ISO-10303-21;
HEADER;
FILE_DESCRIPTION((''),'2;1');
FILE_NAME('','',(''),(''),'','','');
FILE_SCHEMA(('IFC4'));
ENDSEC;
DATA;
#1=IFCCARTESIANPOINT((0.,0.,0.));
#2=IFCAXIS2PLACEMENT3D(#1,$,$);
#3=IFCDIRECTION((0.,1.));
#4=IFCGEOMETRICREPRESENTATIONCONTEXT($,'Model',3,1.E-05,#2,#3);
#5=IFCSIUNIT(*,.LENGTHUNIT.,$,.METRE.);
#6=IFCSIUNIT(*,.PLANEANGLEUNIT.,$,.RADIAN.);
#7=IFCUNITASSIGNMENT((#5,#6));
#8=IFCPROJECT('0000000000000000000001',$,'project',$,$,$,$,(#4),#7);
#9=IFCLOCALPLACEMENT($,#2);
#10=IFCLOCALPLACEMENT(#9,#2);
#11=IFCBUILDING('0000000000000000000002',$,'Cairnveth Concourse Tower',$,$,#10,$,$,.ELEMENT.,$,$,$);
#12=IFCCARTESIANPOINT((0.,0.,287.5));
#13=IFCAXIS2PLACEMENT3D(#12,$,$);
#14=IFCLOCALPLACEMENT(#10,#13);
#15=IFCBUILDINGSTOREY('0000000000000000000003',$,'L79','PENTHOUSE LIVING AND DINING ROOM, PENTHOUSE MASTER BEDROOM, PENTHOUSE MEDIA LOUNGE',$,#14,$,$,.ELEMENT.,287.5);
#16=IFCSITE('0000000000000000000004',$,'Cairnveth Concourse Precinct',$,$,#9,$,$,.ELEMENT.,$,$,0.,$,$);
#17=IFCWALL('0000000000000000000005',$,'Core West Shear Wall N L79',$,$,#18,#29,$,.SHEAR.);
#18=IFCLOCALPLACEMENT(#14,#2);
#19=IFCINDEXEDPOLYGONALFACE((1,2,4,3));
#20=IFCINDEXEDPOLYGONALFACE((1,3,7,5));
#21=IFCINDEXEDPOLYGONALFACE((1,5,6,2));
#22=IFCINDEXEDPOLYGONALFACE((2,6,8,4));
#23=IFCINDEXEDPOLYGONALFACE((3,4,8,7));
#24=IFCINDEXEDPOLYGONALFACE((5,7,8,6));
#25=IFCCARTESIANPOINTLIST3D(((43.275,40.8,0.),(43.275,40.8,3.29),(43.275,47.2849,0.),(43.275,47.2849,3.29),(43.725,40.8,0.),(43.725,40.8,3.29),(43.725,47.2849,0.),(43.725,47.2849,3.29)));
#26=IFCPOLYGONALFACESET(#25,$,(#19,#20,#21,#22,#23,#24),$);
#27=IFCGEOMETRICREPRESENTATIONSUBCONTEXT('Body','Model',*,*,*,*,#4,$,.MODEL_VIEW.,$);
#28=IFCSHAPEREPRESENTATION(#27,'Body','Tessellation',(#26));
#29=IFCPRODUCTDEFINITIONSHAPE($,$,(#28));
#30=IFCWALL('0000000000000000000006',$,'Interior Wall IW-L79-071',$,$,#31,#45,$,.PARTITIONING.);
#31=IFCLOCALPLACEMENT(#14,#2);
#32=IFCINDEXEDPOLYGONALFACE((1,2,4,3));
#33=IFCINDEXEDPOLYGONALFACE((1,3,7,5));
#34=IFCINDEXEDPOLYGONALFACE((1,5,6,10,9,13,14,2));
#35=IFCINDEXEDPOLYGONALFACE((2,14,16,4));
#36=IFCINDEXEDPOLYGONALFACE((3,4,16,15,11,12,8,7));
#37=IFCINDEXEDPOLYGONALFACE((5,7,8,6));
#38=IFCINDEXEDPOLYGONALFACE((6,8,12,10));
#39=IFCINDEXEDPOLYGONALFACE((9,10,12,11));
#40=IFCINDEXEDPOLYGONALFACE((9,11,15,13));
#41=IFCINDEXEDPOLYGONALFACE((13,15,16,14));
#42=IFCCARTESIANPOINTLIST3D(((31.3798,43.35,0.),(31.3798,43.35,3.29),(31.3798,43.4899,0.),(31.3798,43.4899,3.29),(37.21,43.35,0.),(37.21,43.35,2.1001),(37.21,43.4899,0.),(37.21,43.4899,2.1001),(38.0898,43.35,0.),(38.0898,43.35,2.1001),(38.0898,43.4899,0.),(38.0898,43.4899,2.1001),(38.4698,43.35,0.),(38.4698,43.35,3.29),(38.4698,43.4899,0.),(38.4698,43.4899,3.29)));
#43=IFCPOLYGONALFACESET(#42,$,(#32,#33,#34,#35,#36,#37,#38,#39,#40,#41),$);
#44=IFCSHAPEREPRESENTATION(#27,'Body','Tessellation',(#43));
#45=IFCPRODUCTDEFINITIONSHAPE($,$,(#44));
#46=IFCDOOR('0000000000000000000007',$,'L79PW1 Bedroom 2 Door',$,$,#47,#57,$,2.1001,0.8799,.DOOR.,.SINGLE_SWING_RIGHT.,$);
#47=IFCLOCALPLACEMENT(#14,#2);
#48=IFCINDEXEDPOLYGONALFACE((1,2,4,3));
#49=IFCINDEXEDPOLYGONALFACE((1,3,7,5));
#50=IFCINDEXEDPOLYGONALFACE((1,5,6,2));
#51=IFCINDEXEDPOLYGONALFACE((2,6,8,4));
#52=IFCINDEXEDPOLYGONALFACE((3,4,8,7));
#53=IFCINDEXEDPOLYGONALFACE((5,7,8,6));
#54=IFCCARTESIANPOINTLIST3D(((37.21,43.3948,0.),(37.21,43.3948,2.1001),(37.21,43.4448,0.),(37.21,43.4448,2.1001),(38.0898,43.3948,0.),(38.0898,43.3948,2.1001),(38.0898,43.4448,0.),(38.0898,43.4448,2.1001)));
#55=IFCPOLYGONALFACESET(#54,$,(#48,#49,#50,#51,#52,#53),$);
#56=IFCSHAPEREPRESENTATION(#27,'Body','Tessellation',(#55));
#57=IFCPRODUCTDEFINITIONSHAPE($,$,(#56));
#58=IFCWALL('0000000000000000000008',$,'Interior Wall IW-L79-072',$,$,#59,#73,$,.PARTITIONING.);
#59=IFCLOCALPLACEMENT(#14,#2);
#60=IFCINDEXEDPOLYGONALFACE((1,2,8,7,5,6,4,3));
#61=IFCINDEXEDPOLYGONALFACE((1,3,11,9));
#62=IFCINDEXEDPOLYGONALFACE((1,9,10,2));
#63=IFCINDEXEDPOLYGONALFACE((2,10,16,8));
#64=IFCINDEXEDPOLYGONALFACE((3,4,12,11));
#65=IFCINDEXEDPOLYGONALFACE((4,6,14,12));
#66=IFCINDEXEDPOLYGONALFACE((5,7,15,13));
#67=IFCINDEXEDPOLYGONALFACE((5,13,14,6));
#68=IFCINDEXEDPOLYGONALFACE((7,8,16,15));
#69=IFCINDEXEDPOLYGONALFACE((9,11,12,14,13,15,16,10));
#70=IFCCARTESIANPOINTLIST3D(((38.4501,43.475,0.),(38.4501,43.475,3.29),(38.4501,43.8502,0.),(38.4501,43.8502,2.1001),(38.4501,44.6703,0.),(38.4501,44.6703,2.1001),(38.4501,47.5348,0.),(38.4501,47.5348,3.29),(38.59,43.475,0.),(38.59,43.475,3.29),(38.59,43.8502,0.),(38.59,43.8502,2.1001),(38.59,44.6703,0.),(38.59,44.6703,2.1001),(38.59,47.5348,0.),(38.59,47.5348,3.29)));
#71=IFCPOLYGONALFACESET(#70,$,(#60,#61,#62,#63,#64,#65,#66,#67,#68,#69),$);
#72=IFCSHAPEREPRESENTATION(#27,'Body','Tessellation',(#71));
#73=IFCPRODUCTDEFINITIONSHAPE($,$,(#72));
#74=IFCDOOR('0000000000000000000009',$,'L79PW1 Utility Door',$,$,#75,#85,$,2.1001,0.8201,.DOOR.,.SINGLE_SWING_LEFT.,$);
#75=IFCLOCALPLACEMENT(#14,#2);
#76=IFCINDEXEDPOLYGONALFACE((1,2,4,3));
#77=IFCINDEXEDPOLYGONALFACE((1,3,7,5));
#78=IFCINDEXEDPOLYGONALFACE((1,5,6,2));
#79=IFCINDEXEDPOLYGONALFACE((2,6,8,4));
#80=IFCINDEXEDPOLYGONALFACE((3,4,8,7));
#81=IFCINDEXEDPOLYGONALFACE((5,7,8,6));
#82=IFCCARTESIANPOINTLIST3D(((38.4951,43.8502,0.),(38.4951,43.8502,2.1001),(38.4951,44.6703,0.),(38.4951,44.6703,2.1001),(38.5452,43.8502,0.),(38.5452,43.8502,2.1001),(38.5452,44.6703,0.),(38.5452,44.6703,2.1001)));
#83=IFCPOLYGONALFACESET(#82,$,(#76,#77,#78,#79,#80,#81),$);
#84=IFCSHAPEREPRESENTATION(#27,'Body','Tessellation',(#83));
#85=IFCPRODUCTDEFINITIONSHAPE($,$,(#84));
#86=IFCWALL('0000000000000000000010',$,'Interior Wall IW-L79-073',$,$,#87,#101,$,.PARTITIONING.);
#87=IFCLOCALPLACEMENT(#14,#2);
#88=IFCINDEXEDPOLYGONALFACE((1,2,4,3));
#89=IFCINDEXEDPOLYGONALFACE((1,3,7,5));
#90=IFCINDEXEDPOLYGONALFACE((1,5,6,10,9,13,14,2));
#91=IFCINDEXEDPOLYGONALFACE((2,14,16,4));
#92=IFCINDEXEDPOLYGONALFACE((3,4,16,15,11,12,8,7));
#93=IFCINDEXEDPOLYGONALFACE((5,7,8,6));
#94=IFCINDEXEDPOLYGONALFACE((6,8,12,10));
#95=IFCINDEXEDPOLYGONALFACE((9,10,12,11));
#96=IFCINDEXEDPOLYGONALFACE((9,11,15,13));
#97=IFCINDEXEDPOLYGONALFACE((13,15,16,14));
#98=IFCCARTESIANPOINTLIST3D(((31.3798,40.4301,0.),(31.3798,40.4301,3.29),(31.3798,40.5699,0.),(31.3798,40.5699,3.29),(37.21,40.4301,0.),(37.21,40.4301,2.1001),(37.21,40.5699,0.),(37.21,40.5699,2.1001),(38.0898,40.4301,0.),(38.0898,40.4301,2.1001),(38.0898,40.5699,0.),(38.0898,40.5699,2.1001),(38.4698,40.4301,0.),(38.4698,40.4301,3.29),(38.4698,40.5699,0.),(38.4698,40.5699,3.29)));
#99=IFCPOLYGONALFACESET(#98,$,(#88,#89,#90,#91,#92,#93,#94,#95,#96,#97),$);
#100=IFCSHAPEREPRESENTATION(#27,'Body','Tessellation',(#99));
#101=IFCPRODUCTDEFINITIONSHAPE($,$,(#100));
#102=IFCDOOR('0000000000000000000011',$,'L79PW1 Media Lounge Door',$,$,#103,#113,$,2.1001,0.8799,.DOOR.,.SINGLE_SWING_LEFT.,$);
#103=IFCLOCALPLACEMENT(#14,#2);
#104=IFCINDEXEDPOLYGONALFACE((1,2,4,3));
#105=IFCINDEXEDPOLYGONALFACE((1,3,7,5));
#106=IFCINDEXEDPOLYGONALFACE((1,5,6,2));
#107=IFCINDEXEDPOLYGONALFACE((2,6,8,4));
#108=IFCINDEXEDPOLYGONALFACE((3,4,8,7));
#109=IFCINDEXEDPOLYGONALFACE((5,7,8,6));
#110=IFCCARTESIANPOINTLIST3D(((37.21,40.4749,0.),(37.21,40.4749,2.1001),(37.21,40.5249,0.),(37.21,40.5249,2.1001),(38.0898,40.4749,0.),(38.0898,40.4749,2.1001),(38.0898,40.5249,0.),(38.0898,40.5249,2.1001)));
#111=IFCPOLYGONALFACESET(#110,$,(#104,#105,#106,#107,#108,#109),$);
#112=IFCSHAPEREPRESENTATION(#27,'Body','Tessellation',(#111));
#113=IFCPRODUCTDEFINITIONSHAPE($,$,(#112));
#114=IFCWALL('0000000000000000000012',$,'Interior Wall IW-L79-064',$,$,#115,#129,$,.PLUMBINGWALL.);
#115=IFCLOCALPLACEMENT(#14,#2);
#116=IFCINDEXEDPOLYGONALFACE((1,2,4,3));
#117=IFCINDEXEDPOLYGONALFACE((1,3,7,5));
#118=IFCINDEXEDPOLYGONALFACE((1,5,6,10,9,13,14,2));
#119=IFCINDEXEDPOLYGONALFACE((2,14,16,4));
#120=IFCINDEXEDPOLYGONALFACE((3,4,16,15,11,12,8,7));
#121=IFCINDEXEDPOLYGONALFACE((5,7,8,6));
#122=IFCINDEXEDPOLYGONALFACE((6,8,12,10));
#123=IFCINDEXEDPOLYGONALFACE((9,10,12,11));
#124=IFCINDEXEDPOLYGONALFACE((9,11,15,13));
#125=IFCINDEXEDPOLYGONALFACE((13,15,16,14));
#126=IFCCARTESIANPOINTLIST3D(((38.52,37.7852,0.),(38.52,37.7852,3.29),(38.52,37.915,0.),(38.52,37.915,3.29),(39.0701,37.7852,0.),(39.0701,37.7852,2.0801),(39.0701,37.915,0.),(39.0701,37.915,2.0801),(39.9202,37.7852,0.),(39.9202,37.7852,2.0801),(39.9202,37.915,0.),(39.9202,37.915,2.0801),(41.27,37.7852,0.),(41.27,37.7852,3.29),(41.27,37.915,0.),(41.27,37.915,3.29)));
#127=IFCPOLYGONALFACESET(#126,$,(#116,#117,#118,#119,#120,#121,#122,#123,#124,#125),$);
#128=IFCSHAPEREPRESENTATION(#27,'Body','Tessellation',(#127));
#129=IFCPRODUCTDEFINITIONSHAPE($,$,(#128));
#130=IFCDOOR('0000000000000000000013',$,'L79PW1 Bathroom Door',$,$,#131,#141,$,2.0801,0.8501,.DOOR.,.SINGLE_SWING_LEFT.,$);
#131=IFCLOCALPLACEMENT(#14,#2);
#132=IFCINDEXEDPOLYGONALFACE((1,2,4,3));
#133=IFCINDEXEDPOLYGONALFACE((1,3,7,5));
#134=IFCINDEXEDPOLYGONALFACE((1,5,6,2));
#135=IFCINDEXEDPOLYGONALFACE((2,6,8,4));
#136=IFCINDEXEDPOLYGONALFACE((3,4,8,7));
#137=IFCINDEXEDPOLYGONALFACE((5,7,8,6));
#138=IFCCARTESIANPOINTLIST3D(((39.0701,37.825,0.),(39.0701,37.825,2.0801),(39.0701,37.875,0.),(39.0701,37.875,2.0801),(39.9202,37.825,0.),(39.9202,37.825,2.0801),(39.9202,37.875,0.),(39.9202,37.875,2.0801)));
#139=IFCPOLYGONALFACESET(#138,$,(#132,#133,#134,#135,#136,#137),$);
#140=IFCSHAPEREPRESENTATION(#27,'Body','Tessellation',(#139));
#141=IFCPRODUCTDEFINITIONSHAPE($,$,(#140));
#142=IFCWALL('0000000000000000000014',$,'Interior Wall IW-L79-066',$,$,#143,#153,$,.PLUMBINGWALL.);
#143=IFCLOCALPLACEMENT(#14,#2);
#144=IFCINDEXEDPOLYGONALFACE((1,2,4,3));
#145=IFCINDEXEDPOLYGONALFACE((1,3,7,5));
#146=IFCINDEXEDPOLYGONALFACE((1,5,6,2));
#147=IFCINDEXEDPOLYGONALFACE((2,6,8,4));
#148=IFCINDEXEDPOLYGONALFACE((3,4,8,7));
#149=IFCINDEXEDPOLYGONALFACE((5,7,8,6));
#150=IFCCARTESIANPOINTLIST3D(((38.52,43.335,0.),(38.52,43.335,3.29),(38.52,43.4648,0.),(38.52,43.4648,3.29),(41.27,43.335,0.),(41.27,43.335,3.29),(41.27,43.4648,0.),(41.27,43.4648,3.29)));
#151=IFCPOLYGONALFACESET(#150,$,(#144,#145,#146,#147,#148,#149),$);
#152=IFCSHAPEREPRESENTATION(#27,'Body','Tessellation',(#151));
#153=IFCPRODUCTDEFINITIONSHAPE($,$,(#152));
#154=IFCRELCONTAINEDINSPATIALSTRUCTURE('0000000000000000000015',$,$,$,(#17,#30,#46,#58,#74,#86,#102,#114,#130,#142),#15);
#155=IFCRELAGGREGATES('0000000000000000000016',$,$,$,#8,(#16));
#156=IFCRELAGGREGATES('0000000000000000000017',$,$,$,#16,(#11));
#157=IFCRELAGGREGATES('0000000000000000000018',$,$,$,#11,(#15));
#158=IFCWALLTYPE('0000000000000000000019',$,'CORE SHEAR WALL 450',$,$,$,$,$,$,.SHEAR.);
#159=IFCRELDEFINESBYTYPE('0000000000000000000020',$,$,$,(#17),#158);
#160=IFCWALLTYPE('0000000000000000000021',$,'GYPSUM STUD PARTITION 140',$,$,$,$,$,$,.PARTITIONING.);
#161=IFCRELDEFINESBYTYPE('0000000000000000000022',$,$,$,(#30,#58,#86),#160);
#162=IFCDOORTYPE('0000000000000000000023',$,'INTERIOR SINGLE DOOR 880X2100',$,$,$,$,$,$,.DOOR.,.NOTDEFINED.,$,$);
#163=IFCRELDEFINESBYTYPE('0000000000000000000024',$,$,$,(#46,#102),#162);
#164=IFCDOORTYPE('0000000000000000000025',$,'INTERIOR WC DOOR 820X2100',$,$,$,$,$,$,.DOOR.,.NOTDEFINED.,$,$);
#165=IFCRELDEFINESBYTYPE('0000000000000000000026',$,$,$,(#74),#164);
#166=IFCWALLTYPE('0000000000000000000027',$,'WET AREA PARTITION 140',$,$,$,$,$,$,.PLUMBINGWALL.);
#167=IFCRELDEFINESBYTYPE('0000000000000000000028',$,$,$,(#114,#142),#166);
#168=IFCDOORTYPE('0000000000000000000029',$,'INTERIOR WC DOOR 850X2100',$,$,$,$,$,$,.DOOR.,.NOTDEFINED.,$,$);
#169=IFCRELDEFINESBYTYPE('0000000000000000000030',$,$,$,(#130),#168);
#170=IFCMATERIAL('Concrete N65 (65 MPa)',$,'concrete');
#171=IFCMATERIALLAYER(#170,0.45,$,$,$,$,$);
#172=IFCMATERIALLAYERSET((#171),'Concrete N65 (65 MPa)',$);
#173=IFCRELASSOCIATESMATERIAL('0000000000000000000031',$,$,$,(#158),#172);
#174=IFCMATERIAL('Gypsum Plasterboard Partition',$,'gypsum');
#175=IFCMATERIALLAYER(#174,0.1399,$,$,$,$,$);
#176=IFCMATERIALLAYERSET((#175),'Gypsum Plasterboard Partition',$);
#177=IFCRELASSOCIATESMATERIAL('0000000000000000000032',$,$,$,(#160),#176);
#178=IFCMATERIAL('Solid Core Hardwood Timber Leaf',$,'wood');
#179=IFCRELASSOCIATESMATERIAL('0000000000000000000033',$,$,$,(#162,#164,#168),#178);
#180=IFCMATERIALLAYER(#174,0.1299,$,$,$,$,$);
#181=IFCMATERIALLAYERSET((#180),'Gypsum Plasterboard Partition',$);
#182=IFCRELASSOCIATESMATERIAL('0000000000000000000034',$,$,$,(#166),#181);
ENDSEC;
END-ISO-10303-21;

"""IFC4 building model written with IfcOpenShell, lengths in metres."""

from ifc_helpers import new_model, si_unit, direction, frame, frame_2d, origin, place, context, subcontext, project, spatial, rectangle, extrude, material, layer, layer_set, type_object, element, fill, save


model = new_model("IFC4")

# Units and contexts
model_context = context("Model", 3, precision=1e-05, world=origin(), true_north=direction((0.0, 1.0)))
body_context = subcontext(model_context, "Body", "Model", "MODEL_VIEW")
ifc_project = project(units=[si_unit("LENGTHUNIT", "METRE"), si_unit("PLANEANGLEUNIT", "RADIAN")], contexts=[model_context])

# Site, building, storey
site_placement = place(None, origin())
site = spatial("IfcSite", under=ifc_project, at=site_placement, Name="Cairnveth Concourse Precinct", CompositionType="ELEMENT", RefElevation=0.0)
building_placement = place(site_placement, origin())
building = spatial("IfcBuilding", under=site, at=building_placement, Name="Cairnveth Concourse Tower", CompositionType="ELEMENT")
storey_placement = place(building_placement, frame((0.0, 0.0, 287.5)))
storey = spatial("IfcBuildingStorey", under=building, at=storey_placement, Name="L79", Description="PENTHOUSE LIVING AND DINING ROOM, PENTHOUSE MASTER BEDROOM, PENTHOUSE MEDIA LOUNGE", CompositionType="ELEMENT", Elevation=287.5)

# Wall
ifc_material_1 = material(Name="Concrete N65 (65 MPa)", Category="concrete")
ifc_layer_1 = layer(ifc_material_1, 0.45)
ifc_layer_set_1 = layer_set([ifc_layer_1], Name="Concrete N65 (65 MPa)")
wall_type_1 = type_object("IfcWallType", Name="CORE SHEAR WALL 450", PredefinedType="SHEAR", material=ifc_layer_set_1)
wall_1_placement = place(storey_placement, frame((43.5, 40.8, 0.0), z_axis=(0.0, 0.0, 1.0), x_axis=(0.0, 1.0, 0.0)))
element("IfcWall", 1, at=wall_1_placement, inside=storey, type_object=wall_type_1, Name="Core West Shear Wall N L79", PredefinedType="SHEAR", context=body_context, shape_type="SweptSolid", body=[
    extrude(rectangle(XDim=6.4849, YDim=0.45, at=frame_2d((3.2424, 0.0))), origin(), (0.0, 0.0, 1.0), 3.29),
])

# Walls, openings, doors
ifc_material_2 = material(Name="Gypsum Plasterboard Partition", Category="gypsum")
ifc_layer_2 = layer(ifc_material_2, 0.1399)
ifc_layer_set_2 = layer_set([ifc_layer_2], Name="Gypsum Plasterboard Partition")
wall_type_2 = type_object("IfcWallType", Name="GYPSUM STUD PARTITION 140", PredefinedType="PARTITIONING", material=ifc_layer_set_2)
wall_2_placement = place(storey_placement, frame((31.3799, 43.4199, 0.0), z_axis=(0.0, 0.0, 1.0), x_axis=(1.0, 0.0, 0.0)))
wall_2 = element("IfcWall", 2, at=wall_2_placement, inside=storey, type_object=wall_type_2, Name="Interior Wall IW-L79-071", PredefinedType="PARTITIONING", context=body_context, shape_type="SweptSolid", body=[
    extrude(rectangle(XDim=7.0901, YDim=0.1399, at=frame_2d((3.5449, 0.0))), origin(), (0.0, 0.0, 1.0), 3.29),
])
opening_1_placement = place(wall_2_placement, frame((5.8301, 0.0, 0.0)))
opening_1 = element("IfcOpeningElement", 3, at=opening_1_placement, cuts=wall_2, PredefinedType="OPENING", context=body_context, shape_type="SweptSolid", body=[
    extrude(rectangle(XDim=0.8799, YDim=2.1001, at=frame_2d((0.4399, 1.05))), frame((0.0, 0.0798, 0.0), z_axis=(0.0, -1.0, 0.0), x_axis=(1.0, 0.0, 0.0)), (0.0, 0.0, 1.0), 0.1599),
])
ifc_material_3 = material(Name="Solid Core Hardwood Timber Leaf", Category="wood")
door_type_1 = type_object("IfcDoorType", Name="INTERIOR SINGLE DOOR 880X2100", OperationType="NOTDEFINED", PredefinedType="DOOR", material=ifc_material_3)
door_1_placement = place(opening_1_placement, origin())
door_1 = element("IfcDoor", 4, at=door_1_placement, inside=storey, type_object=door_type_1, Name="L79PW1 Bedroom 2 Door", OperationType="SINGLE_SWING_RIGHT", OverallHeight=2.1001, OverallWidth=0.8799, PredefinedType="DOOR", context=body_context, shape_type="SweptSolid", body=[
    extrude(rectangle(XDim=0.8799, YDim=2.1001, at=frame_2d((0.4399, 1.05))), frame((0.0, 0.0249, 0.0), z_axis=(0.0, -1.0, 0.0), x_axis=(1.0, 0.0, 0.0)), (0.0, 0.0, 1.0), 0.05),
])
fill(opening_1, door_1)
wall_3_placement = place(storey_placement, frame((38.52, 43.4751, 0.0), z_axis=(0.0, 0.0, 1.0), x_axis=(0.0, 1.0, 0.0)))
wall_3 = element("IfcWall", 5, at=wall_3_placement, inside=storey, type_object=wall_type_2, Name="Interior Wall IW-L79-072", PredefinedType="PARTITIONING", context=body_context, shape_type="SweptSolid", body=[
    extrude(rectangle(XDim=4.0598, YDim=0.1399, at=frame_2d((2.0298, 0.0))), origin(), (0.0, 0.0, 1.0), 3.29),
])
opening_2_placement = place(wall_3_placement, frame((0.375, 0.0, 0.0)))
opening_2 = element("IfcOpeningElement", 6, at=opening_2_placement, cuts=wall_3, PredefinedType="OPENING", context=body_context, shape_type="SweptSolid", body=[
    extrude(rectangle(XDim=0.8201, YDim=2.1001, at=frame_2d((0.4102, 1.05))), frame((0.0, 0.0798, 0.0), z_axis=(0.0, -1.0, 0.0), x_axis=(1.0, 0.0, 0.0)), (0.0, 0.0, 1.0), 0.1599),
])
door_type_2 = type_object("IfcDoorType", Name="INTERIOR WC DOOR 820X2100", OperationType="NOTDEFINED", PredefinedType="DOOR", material=ifc_material_3)
door_2_placement = place(opening_2_placement, origin())
door_2 = element("IfcDoor", 7, at=door_2_placement, inside=storey, type_object=door_type_2, Name="L79PW1 Utility Door", OperationType="SINGLE_SWING_LEFT", OverallHeight=2.1001, OverallWidth=0.8201, PredefinedType="DOOR", context=body_context, shape_type="SweptSolid", body=[
    extrude(rectangle(XDim=0.8201, YDim=2.1001, at=frame_2d((0.4102, 1.05))), frame((0.0, 0.0249, 0.0), z_axis=(0.0, -1.0, 0.0), x_axis=(1.0, 0.0, 0.0)), (0.0, 0.0, 1.0), 0.05),
])
fill(opening_2, door_2)
wall_4_placement = place(storey_placement, frame((31.3799, 40.5, 0.0), z_axis=(0.0, 0.0, 1.0), x_axis=(1.0, 0.0, 0.0)))
wall_4 = element("IfcWall", 8, at=wall_4_placement, inside=storey, type_object=wall_type_2, Name="Interior Wall IW-L79-073", PredefinedType="PARTITIONING", context=body_context, shape_type="SweptSolid", body=[
    extrude(rectangle(XDim=7.0901, YDim=0.1399, at=frame_2d((3.5449, 0.0))), origin(), (0.0, 0.0, 1.0), 3.29),
])
opening_3_placement = place(wall_4_placement, frame((5.8301, 0.0, 0.0)))
opening_3 = element("IfcOpeningElement", 9, at=opening_3_placement, cuts=wall_4, PredefinedType="OPENING", context=body_context, shape_type="SweptSolid", body=[
    extrude(rectangle(XDim=0.8799, YDim=2.1001, at=frame_2d((0.4399, 1.05))), frame((0.0, 0.0798, 0.0), z_axis=(0.0, -1.0, 0.0), x_axis=(1.0, 0.0, 0.0)), (0.0, 0.0, 1.0), 0.1599),
])
door_3_placement = place(opening_3_placement, origin())
door_3 = element("IfcDoor", 10, at=door_3_placement, inside=storey, type_object=door_type_1, Name="L79PW1 Media Lounge Door", OperationType="SINGLE_SWING_LEFT", OverallHeight=2.1001, OverallWidth=0.8799, PredefinedType="DOOR", context=body_context, shape_type="SweptSolid", body=[
    extrude(rectangle(XDim=0.8799, YDim=2.1001, at=frame_2d((0.4399, 1.05))), frame((0.0, 0.0249, 0.0), z_axis=(0.0, -1.0, 0.0), x_axis=(1.0, 0.0, 0.0)), (0.0, 0.0, 1.0), 0.05),
])
fill(opening_3, door_3)
ifc_layer_3 = layer(ifc_material_2, 0.1299)
ifc_layer_set_3 = layer_set([ifc_layer_3], Name="Gypsum Plasterboard Partition")
wall_type_3 = type_object("IfcWallType", Name="WET AREA PARTITION 140", PredefinedType="PLUMBINGWALL", material=ifc_layer_set_3)
wall_5_placement = place(storey_placement, frame((38.52, 37.8501, 0.0), z_axis=(0.0, 0.0, 1.0), x_axis=(1.0, 0.0, 0.0)))
wall_5 = element("IfcWall", 11, at=wall_5_placement, inside=storey, type_object=wall_type_3, Name="Interior Wall IW-L79-064", PredefinedType="PLUMBINGWALL", context=body_context, shape_type="SweptSolid", body=[
    extrude(rectangle(XDim=2.75, YDim=0.1299, at=frame_2d((1.375, 0.0))), origin(), (0.0, 0.0, 1.0), 3.29),
])
opening_4_placement = place(wall_5_placement, frame((0.55, 0.0, 0.0)))
opening_4 = element("IfcOpeningElement", 12, at=opening_4_placement, cuts=wall_5, PredefinedType="OPENING", context=body_context, shape_type="SweptSolid", body=[
    extrude(rectangle(XDim=0.8501, YDim=2.0801, at=frame_2d((0.425, 1.04))), frame((0.0, 0.075, 0.0), z_axis=(0.0, -1.0, 0.0), x_axis=(1.0, 0.0, 0.0)), (0.0, 0.0, 1.0), 0.1499),
])
door_type_3 = type_object("IfcDoorType", Name="INTERIOR WC DOOR 850X2100", OperationType="NOTDEFINED", PredefinedType="DOOR", material=ifc_material_3)
door_4_placement = place(opening_4_placement, origin())
door_4 = element("IfcDoor", 13, at=door_4_placement, inside=storey, type_object=door_type_3, Name="L79PW1 Bathroom Door", OperationType="SINGLE_SWING_LEFT", OverallHeight=2.0801, OverallWidth=0.8501, PredefinedType="DOOR", context=body_context, shape_type="SweptSolid", body=[
    extrude(rectangle(XDim=0.8501, YDim=2.0801, at=frame_2d((0.425, 1.04))), frame((0.0, 0.0249, 0.0), z_axis=(0.0, -1.0, 0.0), x_axis=(1.0, 0.0, 0.0)), (0.0, 0.0, 1.0), 0.05),
])
fill(opening_4, door_4)

# Wall
wall_6_placement = place(storey_placement, frame((38.52, 43.3999, 0.0), z_axis=(0.0, 0.0, 1.0), x_axis=(1.0, 0.0, 0.0)))
element("IfcWall", 14, at=wall_6_placement, inside=storey, type_object=wall_type_3, Name="Interior Wall IW-L79-066", PredefinedType="PLUMBINGWALL", context=body_context, shape_type="SweptSolid", body=[
    extrude(rectangle(XDim=2.75, YDim=0.1299, at=frame_2d((1.375, 0.0))), origin(), (0.0, 0.0, 1.0), 3.29),
])

save(model, "model.ifc")
